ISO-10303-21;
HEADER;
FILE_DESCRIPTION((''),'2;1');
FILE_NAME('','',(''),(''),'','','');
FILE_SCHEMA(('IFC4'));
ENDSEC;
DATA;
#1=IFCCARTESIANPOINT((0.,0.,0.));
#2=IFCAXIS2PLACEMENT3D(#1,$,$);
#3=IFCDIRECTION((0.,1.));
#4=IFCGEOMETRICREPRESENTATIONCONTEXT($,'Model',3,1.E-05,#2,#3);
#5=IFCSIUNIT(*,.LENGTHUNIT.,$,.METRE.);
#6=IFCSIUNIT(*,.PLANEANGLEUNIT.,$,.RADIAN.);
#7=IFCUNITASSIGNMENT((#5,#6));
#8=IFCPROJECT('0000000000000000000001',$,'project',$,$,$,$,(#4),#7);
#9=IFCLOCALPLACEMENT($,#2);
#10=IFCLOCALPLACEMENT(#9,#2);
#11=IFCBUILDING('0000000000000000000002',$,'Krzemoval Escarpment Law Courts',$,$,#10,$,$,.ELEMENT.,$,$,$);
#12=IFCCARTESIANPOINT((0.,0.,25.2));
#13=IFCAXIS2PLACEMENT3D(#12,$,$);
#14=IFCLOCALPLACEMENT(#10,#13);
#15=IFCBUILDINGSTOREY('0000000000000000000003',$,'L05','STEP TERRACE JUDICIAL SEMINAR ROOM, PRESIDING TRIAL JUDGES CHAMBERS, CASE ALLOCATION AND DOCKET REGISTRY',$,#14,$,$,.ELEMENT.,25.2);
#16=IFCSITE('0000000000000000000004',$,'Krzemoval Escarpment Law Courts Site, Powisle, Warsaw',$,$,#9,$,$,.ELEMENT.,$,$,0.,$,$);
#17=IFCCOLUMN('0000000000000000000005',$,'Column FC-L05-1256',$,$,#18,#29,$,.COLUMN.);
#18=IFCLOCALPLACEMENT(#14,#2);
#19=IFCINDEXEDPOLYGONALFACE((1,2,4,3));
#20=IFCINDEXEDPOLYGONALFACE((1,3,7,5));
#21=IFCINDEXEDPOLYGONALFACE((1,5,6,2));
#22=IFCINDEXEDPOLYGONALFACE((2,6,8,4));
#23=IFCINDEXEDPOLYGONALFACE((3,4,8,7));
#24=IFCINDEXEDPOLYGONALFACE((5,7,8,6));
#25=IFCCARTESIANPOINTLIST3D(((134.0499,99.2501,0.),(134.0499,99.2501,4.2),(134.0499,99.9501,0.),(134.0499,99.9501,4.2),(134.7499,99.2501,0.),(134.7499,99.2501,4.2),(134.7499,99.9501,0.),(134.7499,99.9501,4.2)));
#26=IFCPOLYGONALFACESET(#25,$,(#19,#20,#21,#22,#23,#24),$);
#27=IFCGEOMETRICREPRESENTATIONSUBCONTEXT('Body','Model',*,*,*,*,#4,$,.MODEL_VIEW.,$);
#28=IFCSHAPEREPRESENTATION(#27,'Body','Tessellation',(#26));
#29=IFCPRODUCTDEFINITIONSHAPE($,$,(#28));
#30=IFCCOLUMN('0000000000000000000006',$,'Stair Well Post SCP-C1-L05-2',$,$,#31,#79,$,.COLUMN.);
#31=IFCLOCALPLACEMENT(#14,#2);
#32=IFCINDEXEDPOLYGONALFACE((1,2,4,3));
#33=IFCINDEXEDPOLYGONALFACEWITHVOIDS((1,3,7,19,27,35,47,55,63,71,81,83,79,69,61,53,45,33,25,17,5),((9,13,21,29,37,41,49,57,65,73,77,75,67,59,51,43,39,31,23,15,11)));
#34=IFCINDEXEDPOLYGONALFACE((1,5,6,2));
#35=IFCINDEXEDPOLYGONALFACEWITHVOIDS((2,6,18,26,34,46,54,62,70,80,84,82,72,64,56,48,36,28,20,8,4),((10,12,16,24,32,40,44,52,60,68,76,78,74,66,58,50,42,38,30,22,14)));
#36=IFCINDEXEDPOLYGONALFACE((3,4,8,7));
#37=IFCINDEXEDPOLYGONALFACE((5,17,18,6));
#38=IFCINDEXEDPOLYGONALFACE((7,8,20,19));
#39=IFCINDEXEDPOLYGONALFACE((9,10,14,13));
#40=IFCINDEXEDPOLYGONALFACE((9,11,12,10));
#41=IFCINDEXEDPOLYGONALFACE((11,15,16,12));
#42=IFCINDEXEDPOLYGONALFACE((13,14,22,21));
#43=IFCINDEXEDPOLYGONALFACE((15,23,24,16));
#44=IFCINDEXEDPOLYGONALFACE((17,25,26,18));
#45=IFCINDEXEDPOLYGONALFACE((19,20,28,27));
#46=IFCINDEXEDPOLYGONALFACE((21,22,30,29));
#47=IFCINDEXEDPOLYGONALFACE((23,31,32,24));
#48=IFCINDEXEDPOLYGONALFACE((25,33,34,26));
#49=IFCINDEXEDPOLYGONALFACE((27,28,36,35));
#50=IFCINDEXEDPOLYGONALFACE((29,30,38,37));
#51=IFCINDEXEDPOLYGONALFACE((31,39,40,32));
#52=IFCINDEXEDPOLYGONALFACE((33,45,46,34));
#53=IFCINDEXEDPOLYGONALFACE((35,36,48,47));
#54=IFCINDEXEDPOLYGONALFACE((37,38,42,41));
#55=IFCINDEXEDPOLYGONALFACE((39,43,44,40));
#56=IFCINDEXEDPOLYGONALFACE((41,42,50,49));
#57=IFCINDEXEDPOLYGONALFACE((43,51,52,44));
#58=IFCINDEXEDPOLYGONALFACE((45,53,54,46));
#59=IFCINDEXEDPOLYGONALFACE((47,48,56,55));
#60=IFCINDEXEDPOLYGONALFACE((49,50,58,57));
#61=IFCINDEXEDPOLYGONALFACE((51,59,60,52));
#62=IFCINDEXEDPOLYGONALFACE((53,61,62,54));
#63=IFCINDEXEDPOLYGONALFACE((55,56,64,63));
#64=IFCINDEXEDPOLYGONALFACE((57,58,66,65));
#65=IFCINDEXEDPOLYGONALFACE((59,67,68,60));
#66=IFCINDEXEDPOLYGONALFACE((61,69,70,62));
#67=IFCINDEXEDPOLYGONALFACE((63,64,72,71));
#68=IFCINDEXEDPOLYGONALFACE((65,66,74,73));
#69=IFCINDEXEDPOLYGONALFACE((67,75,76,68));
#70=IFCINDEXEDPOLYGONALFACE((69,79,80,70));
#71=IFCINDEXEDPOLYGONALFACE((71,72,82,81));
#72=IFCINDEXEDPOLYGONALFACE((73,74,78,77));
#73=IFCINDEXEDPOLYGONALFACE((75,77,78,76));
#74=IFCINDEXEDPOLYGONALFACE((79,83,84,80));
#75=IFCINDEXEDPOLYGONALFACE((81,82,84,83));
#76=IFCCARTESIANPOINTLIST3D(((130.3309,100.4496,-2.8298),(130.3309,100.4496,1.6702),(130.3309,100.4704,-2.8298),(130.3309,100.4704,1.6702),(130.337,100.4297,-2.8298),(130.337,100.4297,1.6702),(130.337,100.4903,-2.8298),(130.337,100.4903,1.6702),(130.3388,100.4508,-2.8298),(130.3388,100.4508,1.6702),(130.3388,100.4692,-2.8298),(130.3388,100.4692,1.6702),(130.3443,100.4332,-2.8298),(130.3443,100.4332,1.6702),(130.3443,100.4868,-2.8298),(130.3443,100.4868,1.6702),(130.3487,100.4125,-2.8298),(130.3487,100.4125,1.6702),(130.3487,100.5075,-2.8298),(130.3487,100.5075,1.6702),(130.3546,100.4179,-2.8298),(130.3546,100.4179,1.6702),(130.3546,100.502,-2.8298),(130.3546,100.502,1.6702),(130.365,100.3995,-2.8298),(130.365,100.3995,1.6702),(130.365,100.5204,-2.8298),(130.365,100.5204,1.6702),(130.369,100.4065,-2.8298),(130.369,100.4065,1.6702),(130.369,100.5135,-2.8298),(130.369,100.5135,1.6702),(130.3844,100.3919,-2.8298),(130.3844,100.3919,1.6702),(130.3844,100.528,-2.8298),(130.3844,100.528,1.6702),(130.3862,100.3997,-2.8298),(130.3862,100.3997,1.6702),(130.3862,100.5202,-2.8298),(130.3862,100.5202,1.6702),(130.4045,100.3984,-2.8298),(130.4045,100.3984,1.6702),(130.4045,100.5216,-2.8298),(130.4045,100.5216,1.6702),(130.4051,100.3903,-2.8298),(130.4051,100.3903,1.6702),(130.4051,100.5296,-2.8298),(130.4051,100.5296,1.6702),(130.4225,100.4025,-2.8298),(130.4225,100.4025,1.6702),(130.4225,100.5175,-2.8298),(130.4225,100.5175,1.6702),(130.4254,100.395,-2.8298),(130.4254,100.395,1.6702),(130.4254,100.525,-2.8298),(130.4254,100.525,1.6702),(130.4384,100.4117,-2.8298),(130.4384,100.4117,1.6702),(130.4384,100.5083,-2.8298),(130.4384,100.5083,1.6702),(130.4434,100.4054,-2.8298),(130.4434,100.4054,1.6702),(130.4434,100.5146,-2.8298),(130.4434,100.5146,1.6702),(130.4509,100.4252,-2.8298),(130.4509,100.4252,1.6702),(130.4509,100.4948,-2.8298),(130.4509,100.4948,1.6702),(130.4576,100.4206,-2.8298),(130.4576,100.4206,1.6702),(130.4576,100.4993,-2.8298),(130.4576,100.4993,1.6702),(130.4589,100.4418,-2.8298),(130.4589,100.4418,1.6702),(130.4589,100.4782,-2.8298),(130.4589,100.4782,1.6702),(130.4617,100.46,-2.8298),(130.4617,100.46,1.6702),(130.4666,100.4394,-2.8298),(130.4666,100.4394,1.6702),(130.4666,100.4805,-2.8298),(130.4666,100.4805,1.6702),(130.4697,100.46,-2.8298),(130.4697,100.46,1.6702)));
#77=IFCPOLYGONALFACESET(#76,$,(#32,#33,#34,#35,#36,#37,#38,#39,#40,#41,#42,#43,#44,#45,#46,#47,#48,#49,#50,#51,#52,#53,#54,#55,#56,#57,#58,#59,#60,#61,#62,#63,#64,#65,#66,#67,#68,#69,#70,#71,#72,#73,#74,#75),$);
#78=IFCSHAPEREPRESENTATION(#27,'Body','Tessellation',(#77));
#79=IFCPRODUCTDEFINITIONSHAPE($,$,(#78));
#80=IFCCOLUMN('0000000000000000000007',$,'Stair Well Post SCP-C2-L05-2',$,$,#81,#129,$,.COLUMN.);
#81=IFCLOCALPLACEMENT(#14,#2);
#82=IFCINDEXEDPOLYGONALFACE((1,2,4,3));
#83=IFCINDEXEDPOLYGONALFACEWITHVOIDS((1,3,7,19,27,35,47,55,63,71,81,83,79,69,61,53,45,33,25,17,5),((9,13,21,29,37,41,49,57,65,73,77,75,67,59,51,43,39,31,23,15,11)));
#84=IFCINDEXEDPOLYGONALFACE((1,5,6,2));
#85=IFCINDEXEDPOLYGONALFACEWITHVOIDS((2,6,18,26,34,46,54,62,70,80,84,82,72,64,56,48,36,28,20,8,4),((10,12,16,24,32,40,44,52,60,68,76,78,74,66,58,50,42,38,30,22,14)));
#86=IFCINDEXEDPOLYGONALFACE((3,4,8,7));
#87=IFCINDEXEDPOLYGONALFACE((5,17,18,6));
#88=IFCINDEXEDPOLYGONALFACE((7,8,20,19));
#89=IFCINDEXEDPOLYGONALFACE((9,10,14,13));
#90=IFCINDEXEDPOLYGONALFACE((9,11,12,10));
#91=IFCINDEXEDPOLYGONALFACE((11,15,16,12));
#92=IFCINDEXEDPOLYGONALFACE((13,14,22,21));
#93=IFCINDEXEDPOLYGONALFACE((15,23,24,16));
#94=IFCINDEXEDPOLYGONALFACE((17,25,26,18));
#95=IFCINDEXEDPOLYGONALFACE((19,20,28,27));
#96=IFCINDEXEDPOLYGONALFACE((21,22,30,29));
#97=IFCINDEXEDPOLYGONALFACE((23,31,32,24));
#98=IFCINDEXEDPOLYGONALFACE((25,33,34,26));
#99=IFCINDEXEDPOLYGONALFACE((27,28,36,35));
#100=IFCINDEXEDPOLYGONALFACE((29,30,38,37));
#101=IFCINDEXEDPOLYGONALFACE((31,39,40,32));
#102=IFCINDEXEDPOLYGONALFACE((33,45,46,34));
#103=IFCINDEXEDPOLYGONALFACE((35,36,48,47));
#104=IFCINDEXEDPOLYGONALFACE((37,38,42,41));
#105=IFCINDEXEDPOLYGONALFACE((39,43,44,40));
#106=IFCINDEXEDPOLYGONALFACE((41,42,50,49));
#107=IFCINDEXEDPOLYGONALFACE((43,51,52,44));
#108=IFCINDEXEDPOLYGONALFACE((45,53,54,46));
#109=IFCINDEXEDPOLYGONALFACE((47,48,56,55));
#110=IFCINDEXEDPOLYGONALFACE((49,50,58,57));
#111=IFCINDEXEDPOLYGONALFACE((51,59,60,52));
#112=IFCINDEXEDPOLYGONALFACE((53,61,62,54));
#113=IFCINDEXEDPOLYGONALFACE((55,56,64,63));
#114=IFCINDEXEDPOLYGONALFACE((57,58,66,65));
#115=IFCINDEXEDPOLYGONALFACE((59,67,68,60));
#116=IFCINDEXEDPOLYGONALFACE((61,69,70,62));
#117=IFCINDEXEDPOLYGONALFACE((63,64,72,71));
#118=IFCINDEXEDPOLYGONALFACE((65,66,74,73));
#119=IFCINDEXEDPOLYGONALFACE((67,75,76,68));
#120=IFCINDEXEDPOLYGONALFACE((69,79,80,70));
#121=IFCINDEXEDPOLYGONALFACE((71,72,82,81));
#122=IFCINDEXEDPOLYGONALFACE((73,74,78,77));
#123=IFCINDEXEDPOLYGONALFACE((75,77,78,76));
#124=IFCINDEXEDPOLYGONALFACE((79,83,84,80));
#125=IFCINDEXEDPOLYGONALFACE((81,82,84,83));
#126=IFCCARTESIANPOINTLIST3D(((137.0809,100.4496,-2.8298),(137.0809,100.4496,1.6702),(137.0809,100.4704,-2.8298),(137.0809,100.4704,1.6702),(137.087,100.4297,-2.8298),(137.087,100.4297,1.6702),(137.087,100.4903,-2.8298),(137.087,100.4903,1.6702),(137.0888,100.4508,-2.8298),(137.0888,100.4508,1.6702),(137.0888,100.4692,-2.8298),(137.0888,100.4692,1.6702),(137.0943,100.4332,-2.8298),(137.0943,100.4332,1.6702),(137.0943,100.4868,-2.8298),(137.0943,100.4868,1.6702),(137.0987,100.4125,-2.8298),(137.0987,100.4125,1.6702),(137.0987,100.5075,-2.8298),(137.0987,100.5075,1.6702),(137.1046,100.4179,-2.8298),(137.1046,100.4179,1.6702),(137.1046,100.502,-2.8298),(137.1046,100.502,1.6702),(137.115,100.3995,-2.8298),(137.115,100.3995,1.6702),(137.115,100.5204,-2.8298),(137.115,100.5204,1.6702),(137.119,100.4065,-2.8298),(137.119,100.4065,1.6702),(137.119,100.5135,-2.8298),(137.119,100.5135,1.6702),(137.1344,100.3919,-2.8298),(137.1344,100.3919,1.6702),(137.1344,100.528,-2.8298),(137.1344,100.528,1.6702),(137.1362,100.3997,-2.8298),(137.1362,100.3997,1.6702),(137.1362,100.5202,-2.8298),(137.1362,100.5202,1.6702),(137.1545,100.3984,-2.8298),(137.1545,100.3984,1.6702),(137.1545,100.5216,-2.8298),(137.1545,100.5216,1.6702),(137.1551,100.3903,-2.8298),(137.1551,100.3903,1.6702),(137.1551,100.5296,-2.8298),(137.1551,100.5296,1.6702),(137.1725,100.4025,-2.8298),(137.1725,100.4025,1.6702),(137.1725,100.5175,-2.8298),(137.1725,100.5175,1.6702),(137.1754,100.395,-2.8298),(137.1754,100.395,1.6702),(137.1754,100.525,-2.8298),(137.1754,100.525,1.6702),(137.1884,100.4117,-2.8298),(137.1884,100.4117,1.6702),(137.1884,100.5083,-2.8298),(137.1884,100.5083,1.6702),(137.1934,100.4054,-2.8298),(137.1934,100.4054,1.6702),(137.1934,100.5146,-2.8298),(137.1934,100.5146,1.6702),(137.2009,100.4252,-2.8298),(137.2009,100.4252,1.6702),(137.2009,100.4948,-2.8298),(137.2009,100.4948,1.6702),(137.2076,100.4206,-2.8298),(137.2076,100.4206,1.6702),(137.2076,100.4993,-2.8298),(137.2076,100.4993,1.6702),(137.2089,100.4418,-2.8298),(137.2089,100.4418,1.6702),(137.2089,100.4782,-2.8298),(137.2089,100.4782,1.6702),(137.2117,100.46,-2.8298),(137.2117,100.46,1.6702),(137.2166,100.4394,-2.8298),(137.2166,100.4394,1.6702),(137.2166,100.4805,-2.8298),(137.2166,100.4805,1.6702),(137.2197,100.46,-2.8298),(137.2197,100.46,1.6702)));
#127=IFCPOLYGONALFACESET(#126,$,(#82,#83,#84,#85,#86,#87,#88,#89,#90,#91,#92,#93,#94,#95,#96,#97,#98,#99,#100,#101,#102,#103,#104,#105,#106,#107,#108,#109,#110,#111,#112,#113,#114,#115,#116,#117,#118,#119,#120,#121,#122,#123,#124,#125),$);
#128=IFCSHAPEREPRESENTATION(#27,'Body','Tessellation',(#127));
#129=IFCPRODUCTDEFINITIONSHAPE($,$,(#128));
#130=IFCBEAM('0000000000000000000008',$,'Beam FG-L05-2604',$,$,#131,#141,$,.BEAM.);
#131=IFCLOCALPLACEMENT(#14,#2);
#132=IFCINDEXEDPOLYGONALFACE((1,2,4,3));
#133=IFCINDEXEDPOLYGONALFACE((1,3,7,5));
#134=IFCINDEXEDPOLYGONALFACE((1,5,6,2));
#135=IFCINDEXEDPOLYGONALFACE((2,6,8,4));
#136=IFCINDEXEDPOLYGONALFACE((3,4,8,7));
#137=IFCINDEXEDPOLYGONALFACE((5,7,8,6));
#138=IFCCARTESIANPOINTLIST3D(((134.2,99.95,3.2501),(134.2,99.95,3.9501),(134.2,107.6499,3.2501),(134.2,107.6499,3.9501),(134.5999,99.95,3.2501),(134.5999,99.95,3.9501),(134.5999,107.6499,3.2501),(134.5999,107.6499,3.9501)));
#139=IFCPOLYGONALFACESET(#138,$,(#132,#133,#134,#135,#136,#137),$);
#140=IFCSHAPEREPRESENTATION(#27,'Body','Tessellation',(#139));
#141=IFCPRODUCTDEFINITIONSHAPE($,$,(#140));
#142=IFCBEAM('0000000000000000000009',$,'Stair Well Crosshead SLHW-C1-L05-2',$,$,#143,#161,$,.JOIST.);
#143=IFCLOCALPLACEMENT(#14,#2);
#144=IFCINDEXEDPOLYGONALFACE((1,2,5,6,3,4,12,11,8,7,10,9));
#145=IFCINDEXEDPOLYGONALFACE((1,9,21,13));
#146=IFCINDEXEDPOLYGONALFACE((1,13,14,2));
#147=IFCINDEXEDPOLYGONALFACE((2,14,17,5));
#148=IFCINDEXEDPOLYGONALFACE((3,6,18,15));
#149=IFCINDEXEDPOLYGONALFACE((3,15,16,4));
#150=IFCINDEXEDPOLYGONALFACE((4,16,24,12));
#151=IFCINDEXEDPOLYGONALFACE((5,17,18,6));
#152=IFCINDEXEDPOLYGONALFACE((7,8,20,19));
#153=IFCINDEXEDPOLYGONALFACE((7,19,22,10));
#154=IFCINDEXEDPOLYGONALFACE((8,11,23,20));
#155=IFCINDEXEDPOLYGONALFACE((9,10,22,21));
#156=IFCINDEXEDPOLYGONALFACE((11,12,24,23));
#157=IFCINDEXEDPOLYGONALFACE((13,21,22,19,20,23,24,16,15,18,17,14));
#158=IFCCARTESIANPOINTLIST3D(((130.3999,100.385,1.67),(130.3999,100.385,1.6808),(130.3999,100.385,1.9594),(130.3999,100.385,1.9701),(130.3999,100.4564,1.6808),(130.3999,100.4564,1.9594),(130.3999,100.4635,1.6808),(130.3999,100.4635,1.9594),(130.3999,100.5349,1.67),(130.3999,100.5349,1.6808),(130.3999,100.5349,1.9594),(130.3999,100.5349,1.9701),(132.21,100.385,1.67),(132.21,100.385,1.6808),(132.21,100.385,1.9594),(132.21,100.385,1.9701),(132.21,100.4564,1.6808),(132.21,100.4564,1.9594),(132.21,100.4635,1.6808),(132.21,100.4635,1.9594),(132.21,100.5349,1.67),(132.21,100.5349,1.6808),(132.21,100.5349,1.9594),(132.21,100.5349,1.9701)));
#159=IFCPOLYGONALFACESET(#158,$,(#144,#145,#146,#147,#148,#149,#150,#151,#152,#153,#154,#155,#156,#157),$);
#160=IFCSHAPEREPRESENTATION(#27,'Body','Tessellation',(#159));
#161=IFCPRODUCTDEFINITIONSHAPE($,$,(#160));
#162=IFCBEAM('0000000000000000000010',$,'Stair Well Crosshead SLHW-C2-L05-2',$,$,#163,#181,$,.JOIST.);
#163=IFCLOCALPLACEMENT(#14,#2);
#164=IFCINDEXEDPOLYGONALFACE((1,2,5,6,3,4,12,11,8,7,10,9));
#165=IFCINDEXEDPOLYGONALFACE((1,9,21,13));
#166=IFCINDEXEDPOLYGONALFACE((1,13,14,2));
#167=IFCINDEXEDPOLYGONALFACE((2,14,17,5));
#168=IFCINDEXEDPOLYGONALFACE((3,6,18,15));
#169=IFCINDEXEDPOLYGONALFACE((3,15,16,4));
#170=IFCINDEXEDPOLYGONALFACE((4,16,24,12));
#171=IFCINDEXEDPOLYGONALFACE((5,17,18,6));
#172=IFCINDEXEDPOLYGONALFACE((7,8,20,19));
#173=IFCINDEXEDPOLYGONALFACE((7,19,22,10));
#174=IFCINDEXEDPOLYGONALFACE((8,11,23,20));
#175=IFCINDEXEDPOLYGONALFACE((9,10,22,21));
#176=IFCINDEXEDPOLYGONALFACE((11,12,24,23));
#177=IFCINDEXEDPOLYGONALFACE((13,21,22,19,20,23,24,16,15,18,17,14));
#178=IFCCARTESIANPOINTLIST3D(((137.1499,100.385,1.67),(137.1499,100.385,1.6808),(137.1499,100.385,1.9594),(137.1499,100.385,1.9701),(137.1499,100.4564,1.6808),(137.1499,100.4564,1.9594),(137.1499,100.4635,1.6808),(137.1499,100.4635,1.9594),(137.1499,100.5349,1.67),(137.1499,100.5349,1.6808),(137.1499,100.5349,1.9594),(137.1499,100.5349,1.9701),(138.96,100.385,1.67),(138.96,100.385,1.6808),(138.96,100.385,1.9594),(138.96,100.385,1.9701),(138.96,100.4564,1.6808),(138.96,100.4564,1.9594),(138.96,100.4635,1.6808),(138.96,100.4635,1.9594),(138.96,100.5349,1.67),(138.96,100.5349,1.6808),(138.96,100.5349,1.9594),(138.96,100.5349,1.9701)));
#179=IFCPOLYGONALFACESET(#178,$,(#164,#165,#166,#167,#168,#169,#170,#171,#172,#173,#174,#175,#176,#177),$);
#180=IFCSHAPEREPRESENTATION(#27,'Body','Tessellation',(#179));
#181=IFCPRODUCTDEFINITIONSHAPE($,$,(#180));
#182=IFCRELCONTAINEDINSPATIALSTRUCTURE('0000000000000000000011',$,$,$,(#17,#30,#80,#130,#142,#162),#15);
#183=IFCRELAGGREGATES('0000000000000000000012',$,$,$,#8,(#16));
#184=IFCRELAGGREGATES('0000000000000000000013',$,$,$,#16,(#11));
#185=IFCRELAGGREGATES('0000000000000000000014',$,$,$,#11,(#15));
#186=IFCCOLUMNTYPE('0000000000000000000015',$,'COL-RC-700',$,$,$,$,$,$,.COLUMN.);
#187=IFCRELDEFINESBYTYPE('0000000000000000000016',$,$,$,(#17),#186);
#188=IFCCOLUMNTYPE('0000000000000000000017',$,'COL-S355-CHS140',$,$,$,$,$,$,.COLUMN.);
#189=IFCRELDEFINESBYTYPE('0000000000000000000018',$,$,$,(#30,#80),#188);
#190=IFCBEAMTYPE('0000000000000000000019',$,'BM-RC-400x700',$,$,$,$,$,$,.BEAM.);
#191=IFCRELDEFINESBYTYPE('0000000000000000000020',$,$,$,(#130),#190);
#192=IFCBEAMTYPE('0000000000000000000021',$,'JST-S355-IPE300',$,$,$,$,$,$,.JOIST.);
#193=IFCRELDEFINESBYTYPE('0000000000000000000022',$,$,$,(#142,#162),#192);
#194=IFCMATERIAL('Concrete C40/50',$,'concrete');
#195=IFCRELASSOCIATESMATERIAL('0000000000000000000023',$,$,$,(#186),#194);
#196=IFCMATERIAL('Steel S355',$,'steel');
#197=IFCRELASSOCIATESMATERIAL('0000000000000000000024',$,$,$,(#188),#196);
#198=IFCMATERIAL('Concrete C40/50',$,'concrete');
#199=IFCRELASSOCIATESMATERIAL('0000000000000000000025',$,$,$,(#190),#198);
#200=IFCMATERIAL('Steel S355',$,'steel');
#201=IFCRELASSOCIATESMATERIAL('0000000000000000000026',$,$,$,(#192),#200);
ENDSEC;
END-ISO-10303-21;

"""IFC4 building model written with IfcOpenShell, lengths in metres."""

from ifc_helpers import new_model, si_unit, direction, frame, origin, origin_2d, place, context, subcontext, project, spatial, rectangle, hollow_circle, i_section, extrude, material, material_profile, profile_set, type_object, element, save


model = new_model("IFC4")

# Units and contexts
model_context = context("Model", 3, precision=1e-05, world=origin(), true_north=direction((0.0, 1.0)))
body_context = subcontext(model_context, "Body", "Model", "MODEL_VIEW")
ifc_project = project(units=[si_unit("LENGTHUNIT", "METRE"), si_unit("PLANEANGLEUNIT", "RADIAN")], contexts=[model_context])

# Site, building, storey
site_placement = place(None, origin())
site = spatial("IfcSite", under=ifc_project, at=site_placement, Name="Krzemoval Escarpment Law Courts Site, Powisle, Warsaw", CompositionType="ELEMENT", RefElevation=0.0)
building_placement = place(site_placement, origin())
building = spatial("IfcBuilding", under=site, at=building_placement, Name="Krzemoval Escarpment Law Courts", CompositionType="ELEMENT")
storey_placement = place(building_placement, frame((0.0, 0.0, 25.2)))
storey = spatial("IfcBuildingStorey", under=building, at=storey_placement, Name="L05", Description="STEP TERRACE JUDICIAL SEMINAR ROOM, PRESIDING TRIAL JUDGES CHAMBERS, CASE ALLOCATION AND DOCKET REGISTRY", CompositionType="ELEMENT", Elevation=25.2)

# Columns
ifc_material_1 = material(Name="Concrete C40/50", Category="concrete")
ifc_material_profile_1 = material_profile(ifc_material_1, rectangle(XDim=0.7, YDim=0.7, at=origin_2d()), Name="RC 700x700")
ifc_profile_set_1 = profile_set([ifc_material_profile_1], Name="Concrete C40/50")
column_type_1 = type_object("IfcColumnType", Name="COL-RC-700", PredefinedType="COLUMN", material=ifc_profile_set_1)
column_placement = place(storey_placement, frame((134.3999, 99.6001, 0.0), z_axis=(0.0, 0.0, 1.0), x_axis=(1.0, 0.0, 0.0)))
element("IfcColumn", 1, at=column_placement, inside=storey, type_object=column_type_1, Name="Column FC-L05-1256", PredefinedType="COLUMN", context=body_context, shape_type="SweptSolid", body=[
    extrude(rectangle(XDim=0.7, YDim=0.7, at=origin_2d()), origin(), (0.0, 0.0, 1.0), 4.2),
])
ifc_material_2 = material(Name="Steel S355", Category="steel")
ifc_material_profile_2 = material_profile(ifc_material_2, hollow_circle(Radius=0.0698, WallThickness=0.0081, at=origin_2d()), Name="CHS 139.7x8")
ifc_profile_set_2 = profile_set([ifc_material_profile_2], Name="Steel S355")
column_type_2 = type_object("IfcColumnType", Name="COL-S355-CHS140", PredefinedType="COLUMN", material=ifc_profile_set_2)
for number, where, z_axis, x_axis, name in (
    (2, (130.3999, 100.46, -2.8298), (0.0, 0.0, 1.0), (1.0, 0.0, 0.0), "Stair Well Post SCP-C1-L05-2"),
    (3, (137.1499, 100.46, -2.8298), (0.0, 0.0, 1.0), (1.0, 0.0, 0.0), "Stair Well Post SCP-C2-L05-2"),
):
    element("IfcColumn", number, at=place(storey_placement, frame(where, z_axis=z_axis, x_axis=x_axis)), inside=storey, type_object=column_type_2, Name=name, PredefinedType="COLUMN", context=body_context, shape_type="SweptSolid", body=[
        extrude(hollow_circle(Radius=0.0698, WallThickness=0.0081, at=origin_2d()), origin(), (0.0, 0.0, 1.0), 4.5),
    ])

# Beams
ifc_material_3 = material(Name="Concrete C40/50", Category="concrete")
ifc_material_profile_3 = material_profile(ifc_material_3, rectangle(XDim=0.3999, YDim=0.7, at=origin_2d()), Name="RCB 400x700")
ifc_profile_set_3 = profile_set([ifc_material_profile_3], Name="Concrete C40/50")
beam_type_1 = type_object("IfcBeamType", Name="BM-RC-400x700", PredefinedType="BEAM", material=ifc_profile_set_3)
beam_1_placement = place(storey_placement, frame((134.3999, 99.95, 3.6001), z_axis=(0.0, 1.0, 0.0), x_axis=(-1.0, 0.0, 0.0)))
element("IfcBeam", 4, at=beam_1_placement, inside=storey, type_object=beam_type_1, Name="Beam FG-L05-2604", PredefinedType="BEAM", context=body_context, shape_type="SweptSolid", body=[
    extrude(rectangle(XDim=0.3999, YDim=0.7, at=origin_2d()), origin(), (0.0, 0.0, 1.0), 7.7),
])
ifc_material_4 = material(Name="Steel S355", Category="steel")
ifc_material_profile_4 = material_profile(ifc_material_4, i_section(OverallWidth=0.1499, OverallDepth=0.3, WebThickness=0.0071, FlangeThickness=0.0107, at=origin_2d()), Name="IPE 300")
ifc_profile_set_4 = profile_set([ifc_material_profile_4], Name="Steel S355")
beam_type_2 = type_object("IfcBeamType", Name="JST-S355-IPE300", PredefinedType="JOIST", material=ifc_profile_set_4)
for number, where, z_axis, x_axis, name in (
    (5, (130.3999, 100.46, 1.8201), (1.0, 0.0, 0.0), (0.0, 1.0, 0.0), "Stair Well Crosshead SLHW-C1-L05-2"),
    (6, (137.1499, 100.46, 1.8201), (1.0, 0.0, 0.0), (0.0, 1.0, 0.0), "Stair Well Crosshead SLHW-C2-L05-2"),
):
    element("IfcBeam", number, at=place(storey_placement, frame(where, z_axis=z_axis, x_axis=x_axis)), inside=storey, type_object=beam_type_2, Name=name, PredefinedType="JOIST", context=body_context, shape_type="SweptSolid", body=[
        extrude(i_section(OverallWidth=0.1499, OverallDepth=0.3, WebThickness=0.0071, FlangeThickness=0.0107, at=origin_2d()), origin(), (0.0, 0.0, 1.0), 1.8101),
    ])

save(model, "model.ifc")
